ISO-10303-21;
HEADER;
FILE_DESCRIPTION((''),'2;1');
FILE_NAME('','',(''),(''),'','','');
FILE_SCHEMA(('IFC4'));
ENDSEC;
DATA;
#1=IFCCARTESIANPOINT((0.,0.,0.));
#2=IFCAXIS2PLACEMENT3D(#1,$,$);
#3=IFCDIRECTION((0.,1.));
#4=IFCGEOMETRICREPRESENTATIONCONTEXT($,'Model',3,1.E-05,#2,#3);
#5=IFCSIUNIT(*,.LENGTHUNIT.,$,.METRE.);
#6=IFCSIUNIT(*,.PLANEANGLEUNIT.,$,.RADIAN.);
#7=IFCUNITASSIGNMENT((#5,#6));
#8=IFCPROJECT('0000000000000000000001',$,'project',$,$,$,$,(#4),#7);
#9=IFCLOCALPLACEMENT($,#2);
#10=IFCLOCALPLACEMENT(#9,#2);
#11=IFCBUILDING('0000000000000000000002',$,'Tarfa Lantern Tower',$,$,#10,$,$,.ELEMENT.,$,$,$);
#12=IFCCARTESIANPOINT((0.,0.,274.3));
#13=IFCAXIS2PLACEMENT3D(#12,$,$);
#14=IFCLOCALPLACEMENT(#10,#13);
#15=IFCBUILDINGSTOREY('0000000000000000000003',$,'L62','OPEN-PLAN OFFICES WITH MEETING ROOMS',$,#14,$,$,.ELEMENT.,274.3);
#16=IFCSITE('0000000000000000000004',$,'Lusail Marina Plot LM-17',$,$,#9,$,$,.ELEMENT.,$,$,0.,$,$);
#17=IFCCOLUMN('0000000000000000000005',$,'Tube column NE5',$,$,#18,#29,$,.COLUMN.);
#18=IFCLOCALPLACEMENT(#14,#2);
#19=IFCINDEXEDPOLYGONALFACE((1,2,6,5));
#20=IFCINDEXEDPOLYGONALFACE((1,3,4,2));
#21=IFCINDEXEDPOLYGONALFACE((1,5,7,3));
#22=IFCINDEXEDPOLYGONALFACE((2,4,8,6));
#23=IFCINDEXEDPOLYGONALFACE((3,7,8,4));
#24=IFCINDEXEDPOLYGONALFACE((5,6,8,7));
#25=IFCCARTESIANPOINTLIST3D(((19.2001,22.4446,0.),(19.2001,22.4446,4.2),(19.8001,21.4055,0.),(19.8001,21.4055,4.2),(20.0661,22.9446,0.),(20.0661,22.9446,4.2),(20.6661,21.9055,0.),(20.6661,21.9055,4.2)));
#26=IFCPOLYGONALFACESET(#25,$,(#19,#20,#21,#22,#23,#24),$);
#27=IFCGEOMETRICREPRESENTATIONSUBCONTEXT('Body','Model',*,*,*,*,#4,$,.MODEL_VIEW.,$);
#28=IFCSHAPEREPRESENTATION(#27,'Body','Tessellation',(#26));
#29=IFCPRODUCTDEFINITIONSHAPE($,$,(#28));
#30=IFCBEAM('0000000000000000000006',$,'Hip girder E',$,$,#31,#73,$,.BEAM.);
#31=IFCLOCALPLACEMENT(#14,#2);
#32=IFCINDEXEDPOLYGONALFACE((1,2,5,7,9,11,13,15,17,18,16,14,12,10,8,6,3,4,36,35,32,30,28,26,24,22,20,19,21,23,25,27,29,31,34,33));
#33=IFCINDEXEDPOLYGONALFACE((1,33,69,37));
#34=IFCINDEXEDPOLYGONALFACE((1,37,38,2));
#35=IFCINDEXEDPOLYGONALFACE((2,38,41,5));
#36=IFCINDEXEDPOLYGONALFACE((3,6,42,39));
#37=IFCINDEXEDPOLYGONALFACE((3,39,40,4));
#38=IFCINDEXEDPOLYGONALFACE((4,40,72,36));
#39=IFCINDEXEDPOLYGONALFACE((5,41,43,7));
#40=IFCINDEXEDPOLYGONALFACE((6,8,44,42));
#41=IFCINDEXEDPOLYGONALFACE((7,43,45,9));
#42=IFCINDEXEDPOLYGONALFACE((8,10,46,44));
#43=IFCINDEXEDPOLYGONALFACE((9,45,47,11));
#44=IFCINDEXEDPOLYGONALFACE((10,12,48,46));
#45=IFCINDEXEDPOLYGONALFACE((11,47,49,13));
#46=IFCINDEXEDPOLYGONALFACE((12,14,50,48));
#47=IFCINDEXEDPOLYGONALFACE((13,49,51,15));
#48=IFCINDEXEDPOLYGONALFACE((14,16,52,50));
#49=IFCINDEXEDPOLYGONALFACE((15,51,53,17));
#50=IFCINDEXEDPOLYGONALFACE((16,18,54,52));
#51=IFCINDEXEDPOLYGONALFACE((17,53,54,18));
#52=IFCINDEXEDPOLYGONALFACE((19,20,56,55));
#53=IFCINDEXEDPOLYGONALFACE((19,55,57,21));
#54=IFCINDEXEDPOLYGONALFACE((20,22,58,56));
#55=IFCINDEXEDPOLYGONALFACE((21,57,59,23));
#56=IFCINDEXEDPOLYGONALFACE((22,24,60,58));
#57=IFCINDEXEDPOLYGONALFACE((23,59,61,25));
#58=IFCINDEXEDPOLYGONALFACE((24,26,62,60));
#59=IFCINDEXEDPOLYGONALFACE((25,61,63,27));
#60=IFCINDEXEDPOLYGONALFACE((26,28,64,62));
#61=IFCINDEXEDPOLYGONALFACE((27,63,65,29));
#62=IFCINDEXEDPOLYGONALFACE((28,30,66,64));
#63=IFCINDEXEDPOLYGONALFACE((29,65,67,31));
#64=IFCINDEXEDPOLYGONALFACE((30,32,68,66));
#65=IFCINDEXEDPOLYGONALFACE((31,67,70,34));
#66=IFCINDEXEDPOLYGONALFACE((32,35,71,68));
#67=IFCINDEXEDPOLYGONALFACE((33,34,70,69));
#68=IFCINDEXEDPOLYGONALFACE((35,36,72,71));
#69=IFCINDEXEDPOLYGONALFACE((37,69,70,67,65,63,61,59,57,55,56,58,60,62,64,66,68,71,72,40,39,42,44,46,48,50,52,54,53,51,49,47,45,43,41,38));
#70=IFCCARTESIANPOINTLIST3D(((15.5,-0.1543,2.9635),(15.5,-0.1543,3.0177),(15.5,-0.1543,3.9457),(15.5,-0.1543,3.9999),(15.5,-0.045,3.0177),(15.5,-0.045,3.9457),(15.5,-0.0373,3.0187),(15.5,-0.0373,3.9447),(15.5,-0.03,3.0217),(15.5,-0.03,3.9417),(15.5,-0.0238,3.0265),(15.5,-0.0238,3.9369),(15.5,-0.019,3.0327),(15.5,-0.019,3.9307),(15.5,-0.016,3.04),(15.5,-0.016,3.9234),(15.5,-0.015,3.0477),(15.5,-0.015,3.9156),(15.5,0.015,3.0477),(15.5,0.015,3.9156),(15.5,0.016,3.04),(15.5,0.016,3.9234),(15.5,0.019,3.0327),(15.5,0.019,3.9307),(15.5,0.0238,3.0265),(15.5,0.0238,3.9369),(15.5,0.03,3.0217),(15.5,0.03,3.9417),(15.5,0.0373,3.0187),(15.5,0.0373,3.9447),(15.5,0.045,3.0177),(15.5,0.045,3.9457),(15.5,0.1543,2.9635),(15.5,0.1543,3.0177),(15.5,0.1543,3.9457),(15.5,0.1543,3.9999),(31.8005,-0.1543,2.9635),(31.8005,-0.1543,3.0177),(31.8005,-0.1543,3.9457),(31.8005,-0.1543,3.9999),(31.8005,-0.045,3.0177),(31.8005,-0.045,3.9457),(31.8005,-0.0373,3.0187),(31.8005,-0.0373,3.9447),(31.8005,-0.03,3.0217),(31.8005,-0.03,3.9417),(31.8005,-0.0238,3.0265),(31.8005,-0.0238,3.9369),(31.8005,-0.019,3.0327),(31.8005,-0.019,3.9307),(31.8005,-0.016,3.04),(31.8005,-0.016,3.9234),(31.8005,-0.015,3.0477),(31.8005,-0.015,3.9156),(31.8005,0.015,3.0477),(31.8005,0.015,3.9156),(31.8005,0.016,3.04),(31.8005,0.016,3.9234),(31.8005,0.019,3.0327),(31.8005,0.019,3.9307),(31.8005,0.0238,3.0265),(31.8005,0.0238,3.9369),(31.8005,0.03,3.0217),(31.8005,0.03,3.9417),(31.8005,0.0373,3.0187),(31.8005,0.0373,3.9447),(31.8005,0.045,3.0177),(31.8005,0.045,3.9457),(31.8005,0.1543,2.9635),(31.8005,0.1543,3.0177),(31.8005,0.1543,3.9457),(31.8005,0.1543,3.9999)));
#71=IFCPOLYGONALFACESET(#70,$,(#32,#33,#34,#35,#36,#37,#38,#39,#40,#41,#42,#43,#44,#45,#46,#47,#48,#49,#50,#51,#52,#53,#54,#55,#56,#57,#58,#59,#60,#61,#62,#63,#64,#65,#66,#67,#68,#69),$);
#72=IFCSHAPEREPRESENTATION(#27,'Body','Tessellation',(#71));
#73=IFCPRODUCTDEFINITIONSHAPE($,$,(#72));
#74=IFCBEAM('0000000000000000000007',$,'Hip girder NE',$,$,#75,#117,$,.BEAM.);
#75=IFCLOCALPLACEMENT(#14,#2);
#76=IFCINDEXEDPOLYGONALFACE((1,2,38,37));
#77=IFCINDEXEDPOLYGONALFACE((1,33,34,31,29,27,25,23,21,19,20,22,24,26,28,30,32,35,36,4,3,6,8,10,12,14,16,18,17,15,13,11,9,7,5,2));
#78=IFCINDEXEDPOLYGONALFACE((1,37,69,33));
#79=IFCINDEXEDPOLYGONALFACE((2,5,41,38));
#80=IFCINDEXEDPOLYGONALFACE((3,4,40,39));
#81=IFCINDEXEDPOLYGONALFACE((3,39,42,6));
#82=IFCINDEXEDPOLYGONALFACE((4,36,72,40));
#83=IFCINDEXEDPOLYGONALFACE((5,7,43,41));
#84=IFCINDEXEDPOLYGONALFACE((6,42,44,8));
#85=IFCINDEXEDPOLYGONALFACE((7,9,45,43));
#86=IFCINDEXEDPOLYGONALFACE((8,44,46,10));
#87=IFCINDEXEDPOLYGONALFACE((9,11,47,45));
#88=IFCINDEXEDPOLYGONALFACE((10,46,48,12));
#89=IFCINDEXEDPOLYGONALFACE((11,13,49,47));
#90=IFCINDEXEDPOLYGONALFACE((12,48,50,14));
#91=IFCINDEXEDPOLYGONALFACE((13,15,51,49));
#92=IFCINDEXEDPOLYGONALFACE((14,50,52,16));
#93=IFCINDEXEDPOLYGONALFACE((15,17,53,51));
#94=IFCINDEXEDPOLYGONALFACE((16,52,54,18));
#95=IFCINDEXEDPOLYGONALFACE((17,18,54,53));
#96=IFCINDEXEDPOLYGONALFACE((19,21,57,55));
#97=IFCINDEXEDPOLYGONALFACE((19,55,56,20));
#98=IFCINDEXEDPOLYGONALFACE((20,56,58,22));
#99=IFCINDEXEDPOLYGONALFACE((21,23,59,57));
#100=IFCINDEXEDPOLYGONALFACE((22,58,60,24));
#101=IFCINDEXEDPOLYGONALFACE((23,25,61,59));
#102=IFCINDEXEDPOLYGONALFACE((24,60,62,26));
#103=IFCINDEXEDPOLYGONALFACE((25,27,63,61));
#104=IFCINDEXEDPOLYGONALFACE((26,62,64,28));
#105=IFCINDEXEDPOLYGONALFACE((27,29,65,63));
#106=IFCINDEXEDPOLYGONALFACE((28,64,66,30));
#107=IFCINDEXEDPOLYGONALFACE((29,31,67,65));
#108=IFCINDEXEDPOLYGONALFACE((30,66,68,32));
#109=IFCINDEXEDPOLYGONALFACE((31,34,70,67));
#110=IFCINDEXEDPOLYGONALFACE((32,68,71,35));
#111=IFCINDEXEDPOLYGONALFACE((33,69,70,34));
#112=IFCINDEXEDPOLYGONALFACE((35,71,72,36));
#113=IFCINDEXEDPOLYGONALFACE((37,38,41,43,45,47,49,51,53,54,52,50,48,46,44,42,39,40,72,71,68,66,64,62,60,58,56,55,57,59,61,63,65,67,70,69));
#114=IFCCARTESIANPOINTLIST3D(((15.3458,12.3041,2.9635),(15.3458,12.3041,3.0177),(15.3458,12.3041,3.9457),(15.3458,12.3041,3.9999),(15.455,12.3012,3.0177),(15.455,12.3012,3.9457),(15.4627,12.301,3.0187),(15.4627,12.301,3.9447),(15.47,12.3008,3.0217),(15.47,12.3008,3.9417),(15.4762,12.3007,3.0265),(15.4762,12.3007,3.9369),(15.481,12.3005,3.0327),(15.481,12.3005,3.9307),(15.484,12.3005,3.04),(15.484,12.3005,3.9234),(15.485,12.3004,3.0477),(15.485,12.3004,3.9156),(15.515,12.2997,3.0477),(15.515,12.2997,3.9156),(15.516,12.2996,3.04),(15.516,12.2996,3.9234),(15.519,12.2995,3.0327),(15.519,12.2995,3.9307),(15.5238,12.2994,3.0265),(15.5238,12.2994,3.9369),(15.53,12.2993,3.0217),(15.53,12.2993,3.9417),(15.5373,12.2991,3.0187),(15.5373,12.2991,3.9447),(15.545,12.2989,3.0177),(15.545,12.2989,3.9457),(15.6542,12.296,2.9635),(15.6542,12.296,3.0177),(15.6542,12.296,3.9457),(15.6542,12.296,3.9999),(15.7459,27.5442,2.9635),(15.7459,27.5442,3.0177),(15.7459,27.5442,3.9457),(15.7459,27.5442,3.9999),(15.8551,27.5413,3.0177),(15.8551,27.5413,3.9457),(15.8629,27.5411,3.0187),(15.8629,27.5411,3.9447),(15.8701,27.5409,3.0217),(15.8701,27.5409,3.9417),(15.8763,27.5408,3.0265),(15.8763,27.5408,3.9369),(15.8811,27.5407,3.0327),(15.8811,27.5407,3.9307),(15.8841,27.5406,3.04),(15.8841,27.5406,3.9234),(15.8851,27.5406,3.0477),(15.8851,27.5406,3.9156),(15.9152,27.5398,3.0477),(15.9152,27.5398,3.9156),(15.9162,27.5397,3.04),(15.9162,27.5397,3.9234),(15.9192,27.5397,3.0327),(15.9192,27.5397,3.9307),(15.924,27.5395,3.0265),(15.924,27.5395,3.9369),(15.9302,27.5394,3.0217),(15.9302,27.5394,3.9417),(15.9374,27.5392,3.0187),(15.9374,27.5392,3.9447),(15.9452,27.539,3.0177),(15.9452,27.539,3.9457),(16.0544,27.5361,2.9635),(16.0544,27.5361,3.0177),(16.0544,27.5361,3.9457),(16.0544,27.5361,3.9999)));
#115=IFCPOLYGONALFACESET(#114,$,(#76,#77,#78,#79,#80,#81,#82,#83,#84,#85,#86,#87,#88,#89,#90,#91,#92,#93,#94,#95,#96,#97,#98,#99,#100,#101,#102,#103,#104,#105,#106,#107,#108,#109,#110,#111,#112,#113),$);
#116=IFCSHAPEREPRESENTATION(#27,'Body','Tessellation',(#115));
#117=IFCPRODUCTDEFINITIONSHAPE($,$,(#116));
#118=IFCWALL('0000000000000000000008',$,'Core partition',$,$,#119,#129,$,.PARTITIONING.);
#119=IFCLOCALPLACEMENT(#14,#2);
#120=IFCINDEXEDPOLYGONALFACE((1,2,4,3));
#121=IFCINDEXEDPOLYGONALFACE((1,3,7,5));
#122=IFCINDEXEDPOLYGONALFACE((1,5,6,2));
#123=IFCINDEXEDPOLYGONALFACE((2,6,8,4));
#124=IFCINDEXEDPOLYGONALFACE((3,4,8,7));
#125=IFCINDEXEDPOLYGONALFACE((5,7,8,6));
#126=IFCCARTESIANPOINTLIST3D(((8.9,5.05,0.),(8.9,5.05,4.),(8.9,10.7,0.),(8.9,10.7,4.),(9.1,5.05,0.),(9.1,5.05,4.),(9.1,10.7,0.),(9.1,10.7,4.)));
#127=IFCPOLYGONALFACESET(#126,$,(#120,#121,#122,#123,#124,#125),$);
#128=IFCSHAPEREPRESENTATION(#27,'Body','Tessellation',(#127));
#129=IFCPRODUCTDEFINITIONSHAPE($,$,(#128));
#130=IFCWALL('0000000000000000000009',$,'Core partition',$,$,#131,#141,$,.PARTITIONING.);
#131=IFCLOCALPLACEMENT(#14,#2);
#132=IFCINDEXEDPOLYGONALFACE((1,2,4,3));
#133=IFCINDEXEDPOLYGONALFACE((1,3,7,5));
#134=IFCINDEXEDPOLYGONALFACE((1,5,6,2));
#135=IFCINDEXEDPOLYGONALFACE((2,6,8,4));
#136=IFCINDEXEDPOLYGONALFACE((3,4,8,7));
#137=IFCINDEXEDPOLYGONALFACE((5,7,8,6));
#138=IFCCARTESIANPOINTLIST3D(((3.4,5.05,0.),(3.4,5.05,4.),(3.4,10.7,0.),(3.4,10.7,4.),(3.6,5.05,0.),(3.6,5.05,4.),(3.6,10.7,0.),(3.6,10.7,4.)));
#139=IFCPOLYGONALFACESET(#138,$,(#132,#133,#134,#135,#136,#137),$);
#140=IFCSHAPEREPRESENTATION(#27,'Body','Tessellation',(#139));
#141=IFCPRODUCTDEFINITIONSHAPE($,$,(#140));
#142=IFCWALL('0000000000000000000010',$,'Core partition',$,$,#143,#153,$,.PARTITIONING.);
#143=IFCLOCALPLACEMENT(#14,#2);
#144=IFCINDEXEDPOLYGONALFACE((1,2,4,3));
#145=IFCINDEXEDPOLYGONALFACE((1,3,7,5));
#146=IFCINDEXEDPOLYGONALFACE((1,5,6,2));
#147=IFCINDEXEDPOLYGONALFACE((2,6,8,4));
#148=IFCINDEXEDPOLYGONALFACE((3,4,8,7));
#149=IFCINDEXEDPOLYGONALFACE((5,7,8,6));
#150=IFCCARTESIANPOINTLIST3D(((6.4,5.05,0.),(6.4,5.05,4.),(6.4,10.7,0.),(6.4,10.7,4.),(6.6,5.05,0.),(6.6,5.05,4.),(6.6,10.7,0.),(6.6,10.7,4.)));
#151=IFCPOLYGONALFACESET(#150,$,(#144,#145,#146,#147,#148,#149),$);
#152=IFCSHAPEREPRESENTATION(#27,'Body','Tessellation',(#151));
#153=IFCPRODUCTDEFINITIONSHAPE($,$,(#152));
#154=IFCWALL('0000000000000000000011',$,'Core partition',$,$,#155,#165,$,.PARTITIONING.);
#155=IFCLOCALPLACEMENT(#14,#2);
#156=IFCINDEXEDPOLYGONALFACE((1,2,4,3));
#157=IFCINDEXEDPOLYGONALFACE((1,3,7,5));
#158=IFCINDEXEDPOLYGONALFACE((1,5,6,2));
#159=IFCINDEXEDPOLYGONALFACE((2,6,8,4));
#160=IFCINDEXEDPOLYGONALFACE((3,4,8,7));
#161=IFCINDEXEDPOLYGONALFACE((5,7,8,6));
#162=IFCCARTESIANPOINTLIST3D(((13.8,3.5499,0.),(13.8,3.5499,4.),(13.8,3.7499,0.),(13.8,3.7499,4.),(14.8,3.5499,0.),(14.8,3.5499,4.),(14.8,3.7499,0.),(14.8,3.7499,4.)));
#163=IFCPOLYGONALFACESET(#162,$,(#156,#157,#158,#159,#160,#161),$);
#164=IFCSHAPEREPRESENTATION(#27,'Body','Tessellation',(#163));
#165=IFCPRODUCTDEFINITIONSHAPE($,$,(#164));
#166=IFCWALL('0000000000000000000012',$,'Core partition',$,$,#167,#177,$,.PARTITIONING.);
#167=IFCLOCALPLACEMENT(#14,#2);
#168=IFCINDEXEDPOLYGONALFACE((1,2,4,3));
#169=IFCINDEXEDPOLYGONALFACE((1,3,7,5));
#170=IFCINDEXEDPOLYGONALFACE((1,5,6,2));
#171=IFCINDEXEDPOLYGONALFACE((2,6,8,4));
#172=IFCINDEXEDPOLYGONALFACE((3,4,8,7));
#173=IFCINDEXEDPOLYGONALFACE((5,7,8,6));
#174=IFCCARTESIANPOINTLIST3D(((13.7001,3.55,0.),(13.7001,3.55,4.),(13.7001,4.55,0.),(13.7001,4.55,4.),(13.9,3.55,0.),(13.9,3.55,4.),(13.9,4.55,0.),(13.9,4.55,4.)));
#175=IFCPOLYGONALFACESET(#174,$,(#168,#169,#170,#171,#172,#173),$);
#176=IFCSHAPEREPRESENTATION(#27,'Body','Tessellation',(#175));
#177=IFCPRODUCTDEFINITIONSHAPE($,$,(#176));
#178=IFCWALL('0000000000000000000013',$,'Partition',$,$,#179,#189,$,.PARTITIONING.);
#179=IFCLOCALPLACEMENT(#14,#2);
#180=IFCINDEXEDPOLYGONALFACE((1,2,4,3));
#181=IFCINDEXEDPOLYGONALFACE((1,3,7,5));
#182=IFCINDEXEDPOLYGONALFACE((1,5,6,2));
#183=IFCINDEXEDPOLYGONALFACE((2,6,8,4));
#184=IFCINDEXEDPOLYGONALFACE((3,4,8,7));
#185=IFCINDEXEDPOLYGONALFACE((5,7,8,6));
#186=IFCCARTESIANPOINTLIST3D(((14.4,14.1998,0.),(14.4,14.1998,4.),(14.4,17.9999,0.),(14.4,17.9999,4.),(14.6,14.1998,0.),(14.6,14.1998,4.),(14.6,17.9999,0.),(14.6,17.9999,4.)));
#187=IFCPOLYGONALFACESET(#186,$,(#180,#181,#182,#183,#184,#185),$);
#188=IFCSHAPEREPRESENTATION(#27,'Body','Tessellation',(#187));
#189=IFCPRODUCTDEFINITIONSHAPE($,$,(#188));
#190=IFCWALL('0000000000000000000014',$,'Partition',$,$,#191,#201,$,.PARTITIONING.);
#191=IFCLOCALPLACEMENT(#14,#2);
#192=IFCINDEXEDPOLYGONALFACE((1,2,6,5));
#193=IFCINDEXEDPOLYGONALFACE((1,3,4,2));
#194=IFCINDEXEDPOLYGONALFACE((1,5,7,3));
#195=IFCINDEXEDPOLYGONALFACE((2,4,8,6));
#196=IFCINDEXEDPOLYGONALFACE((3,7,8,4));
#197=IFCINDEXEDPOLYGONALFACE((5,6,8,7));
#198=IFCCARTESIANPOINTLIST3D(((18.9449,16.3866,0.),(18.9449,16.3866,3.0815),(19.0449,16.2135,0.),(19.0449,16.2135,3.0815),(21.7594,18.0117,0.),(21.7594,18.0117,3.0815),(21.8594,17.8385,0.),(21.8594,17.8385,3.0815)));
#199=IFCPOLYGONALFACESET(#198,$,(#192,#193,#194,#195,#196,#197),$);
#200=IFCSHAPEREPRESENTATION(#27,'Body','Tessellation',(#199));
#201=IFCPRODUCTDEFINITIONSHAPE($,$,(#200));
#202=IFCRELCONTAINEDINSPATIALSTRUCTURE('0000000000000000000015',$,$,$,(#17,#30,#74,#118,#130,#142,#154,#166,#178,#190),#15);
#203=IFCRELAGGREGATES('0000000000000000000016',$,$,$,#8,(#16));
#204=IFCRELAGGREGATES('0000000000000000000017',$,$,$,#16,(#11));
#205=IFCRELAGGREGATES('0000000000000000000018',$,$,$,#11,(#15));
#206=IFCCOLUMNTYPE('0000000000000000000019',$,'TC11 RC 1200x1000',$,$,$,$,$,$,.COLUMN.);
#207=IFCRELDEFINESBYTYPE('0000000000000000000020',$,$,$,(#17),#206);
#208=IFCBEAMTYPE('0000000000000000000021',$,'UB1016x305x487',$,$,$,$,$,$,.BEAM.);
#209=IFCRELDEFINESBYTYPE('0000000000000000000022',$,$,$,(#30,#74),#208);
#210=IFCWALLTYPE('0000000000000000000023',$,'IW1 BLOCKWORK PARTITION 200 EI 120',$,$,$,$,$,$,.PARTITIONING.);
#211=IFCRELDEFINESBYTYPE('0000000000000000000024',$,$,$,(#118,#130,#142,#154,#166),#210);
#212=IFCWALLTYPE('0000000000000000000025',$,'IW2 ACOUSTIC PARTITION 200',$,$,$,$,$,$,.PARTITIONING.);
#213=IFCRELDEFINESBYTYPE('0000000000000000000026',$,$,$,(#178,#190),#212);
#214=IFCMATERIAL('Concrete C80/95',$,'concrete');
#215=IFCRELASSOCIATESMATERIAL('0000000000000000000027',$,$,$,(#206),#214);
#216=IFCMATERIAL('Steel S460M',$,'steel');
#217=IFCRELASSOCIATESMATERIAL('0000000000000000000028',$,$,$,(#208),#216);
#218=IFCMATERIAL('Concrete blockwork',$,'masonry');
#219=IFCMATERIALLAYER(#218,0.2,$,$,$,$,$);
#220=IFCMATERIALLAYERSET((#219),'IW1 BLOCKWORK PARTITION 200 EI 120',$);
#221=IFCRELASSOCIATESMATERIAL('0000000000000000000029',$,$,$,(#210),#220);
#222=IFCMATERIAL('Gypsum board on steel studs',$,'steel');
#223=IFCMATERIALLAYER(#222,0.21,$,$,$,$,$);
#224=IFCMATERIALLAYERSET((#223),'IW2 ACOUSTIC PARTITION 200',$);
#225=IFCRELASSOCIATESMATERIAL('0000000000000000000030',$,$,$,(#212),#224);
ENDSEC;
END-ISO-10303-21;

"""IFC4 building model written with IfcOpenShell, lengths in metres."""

from ifc_helpers import new_model, si_unit, direction, frame, frame_2d, origin, origin_2d, place, context, subcontext, project, spatial, rectangle, i_section, extrude, material, layer, layer_set, material_profile, profile_set, type_object, element, save


model = new_model("IFC4")

# Units and contexts
model_context = context("Model", 3, precision=1e-05, world=origin(), true_north=direction((0.0, 1.0)))
body_context = subcontext(model_context, "Body", "Model", "MODEL_VIEW")
ifc_project = project(units=[si_unit("LENGTHUNIT", "METRE"), si_unit("PLANEANGLEUNIT", "RADIAN")], contexts=[model_context])

# Site, building, storey
site_placement = place(None, origin())
site = spatial("IfcSite", under=ifc_project, at=site_placement, Name="Lusail Marina Plot LM-17", CompositionType="ELEMENT", RefElevation=0.0)
building_placement = place(site_placement, origin())
building = spatial("IfcBuilding", under=site, at=building_placement, Name="Tarfa Lantern Tower", CompositionType="ELEMENT")
storey_placement = place(building_placement, frame((0.0, 0.0, 274.3)))
storey = spatial("IfcBuildingStorey", under=building, at=storey_placement, Name="L62", Description="OPEN-PLAN OFFICES WITH MEETING ROOMS", CompositionType="ELEMENT", Elevation=274.3)

# Column
ifc_material_1 = material(Name="Concrete C80/95", Category="concrete")
ifc_material_profile_1 = material_profile(ifc_material_1, rectangle(XDim=1.2, YDim=1.0, at=origin_2d()), Name="RC 1200x1000")
ifc_profile_set_1 = profile_set([ifc_material_profile_1], Name="Concrete C80/95")
column_type = type_object("IfcColumnType", Name="TC11 RC 1200x1000", PredefinedType="COLUMN", material=ifc_profile_set_1)
column_placement = place(storey_placement, frame((19.9331, 22.175, 0.0), z_axis=(0.0, 0.0, 1.0), x_axis=(-0.5, 0.866025, 0.0)))
element("IfcColumn", 1, at=column_placement, inside=storey, type_object=column_type, Name="Tube column NE5", PredefinedType="COLUMN", context=body_context, shape_type="SweptSolid", body=[
    extrude(rectangle(XDim=1.2, YDim=1.0, at=origin_2d()), origin(), (0.0, 0.0, 1.0), 4.2),
])

# Beams
ifc_material_2 = material(Name="Steel S460M", Category="steel")
ifc_material_profile_2 = material_profile(ifc_material_2, i_section(OverallWidth=0.3086, OverallDepth=1.0364, WebThickness=0.03, FlangeThickness=0.0542, FilletRadius=0.03, at=origin_2d()), Name="UB1016x305x487")
ifc_profile_set_2 = profile_set([ifc_material_profile_2], Name="Steel S460M")
beam_type = type_object("IfcBeamType", Name="UB1016x305x487", PredefinedType="BEAM", material=ifc_profile_set_2)
beam_1_placement = place(storey_placement, frame((15.5, 0.0, 3.4817), z_axis=(1.0, 0.0, 0.0), x_axis=(0.0, 1.0, 0.0)))
element("IfcBeam", 2, at=beam_1_placement, inside=storey, type_object=beam_type, Name="Hip girder E", PredefinedType="BEAM", context=body_context, shape_type="SweptSolid", body=[
    extrude(i_section(OverallWidth=0.3086, OverallDepth=1.0364, WebThickness=0.03, FlangeThickness=0.0542, FilletRadius=0.03, at=origin_2d()), origin(), (0.0, 0.0, 1.0), 16.3005),
])
beam_2_placement = place(storey_placement, frame((15.5, 12.3, 3.4817), z_axis=(0.026247, 0.999655, 0.0), x_axis=(-0.999655, 0.026247, 0.0)))
element("IfcBeam", 3, at=beam_2_placement, inside=storey, type_object=beam_type, Name="Hip girder NE", PredefinedType="BEAM", context=body_context, shape_type="SweptSolid", body=[
    extrude(i_section(OverallWidth=0.3086, OverallDepth=1.0364, WebThickness=0.03, FlangeThickness=0.0542, FilletRadius=0.03, at=origin_2d()), origin(), (0.0, 0.0, 1.0), 15.2454),
])

# Walls
ifc_material_3 = material(Name="Concrete blockwork", Category="masonry")
ifc_layer_1 = layer(ifc_material_3, 0.2)
ifc_layer_set_1 = layer_set([ifc_layer_1], Name="IW1 BLOCKWORK PARTITION 200 EI 120")
wall_type_1 = type_object("IfcWallType", Name="IW1 BLOCKWORK PARTITION 200 EI 120", PredefinedType="PARTITIONING", material=ifc_layer_set_1)
for number, where, z_axis, x_axis, name in (
    (4, (9.0, 5.05, 0.0), (0.0, 0.0, 1.0), (0.0, 1.0, 0.0), "Core partition"),
    (5, (3.5, 5.05, 0.0), (0.0, 0.0, 1.0), (0.0, 1.0, 0.0), "Core partition"),
    (6, (6.5, 5.05, 0.0), (0.0, 0.0, 1.0), (0.0, 1.0, 0.0), "Core partition"),
):
    element("IfcWall", number, at=place(storey_placement, frame(where, z_axis=z_axis, x_axis=x_axis)), inside=storey, type_object=wall_type_1, Name=name, PredefinedType="PARTITIONING", context=body_context, shape_type="SweptSolid", body=[
        extrude(rectangle(XDim=5.6499, YDim=0.2, at=frame_2d((2.825, 0.0))), origin(), (0.0, 0.0, 1.0), 4.0),
    ])
for number, where, z_axis, x_axis, name in (
    (7, (13.8, 3.6499, 0.0), (0.0, 0.0, 1.0), (1.0, 0.0, 0.0), "Core partition"),
    (8, (13.8, 3.55, 0.0), (0.0, 0.0, 1.0), (0.0, 1.0, 0.0), "Core partition"),
):
    element("IfcWall", number, at=place(storey_placement, frame(where, z_axis=z_axis, x_axis=x_axis)), inside=storey, type_object=wall_type_1, Name=name, PredefinedType="PARTITIONING", context=body_context, shape_type="SweptSolid", body=[
        extrude(rectangle(XDim=1.0, YDim=0.2, at=frame_2d((0.5, 0.0))), origin(), (0.0, 0.0, 1.0), 4.0),
    ])
ifc_material_4 = material(Name="Gypsum board on steel studs", Category="steel")
ifc_layer_2 = layer(ifc_material_4, 0.21)
ifc_layer_set_2 = layer_set([ifc_layer_2], Name="IW2 ACOUSTIC PARTITION 200")
wall_type_2 = type_object("IfcWallType", Name="IW2 ACOUSTIC PARTITION 200", PredefinedType="PARTITIONING", material=ifc_layer_set_2)
wall_1_placement = place(storey_placement, frame((14.5, 14.2, 0.0), z_axis=(0.0, 0.0, 1.0), x_axis=(0.0, 1.0, 0.0)))
element("IfcWall", 9, at=wall_1_placement, inside=storey, type_object=wall_type_2, Name="Partition", PredefinedType="PARTITIONING", context=body_context, shape_type="SweptSolid", body=[
    extrude(rectangle(XDim=3.8, YDim=0.2, at=frame_2d((1.8999, 0.0))), origin(), (0.0, 0.0, 1.0), 4.0),
])
wall_2_placement = place(storey_placement, frame((18.9949, 16.3, 0.0), z_axis=(0.0, 0.0, 1.0), x_axis=(0.866015, 0.500017, 0.0)))
element("IfcWall", 10, at=wall_2_placement, inside=storey, type_object=wall_type_2, Name="Partition", PredefinedType="PARTITIONING", context=body_context, shape_type="SweptSolid", body=[
    extrude(rectangle(XDim=3.25, YDim=0.2, at=frame_2d((1.625, 0.0))), origin(), (0.0, 0.0, 1.0), 3.0815),
])

save(model, "model.ifc")
